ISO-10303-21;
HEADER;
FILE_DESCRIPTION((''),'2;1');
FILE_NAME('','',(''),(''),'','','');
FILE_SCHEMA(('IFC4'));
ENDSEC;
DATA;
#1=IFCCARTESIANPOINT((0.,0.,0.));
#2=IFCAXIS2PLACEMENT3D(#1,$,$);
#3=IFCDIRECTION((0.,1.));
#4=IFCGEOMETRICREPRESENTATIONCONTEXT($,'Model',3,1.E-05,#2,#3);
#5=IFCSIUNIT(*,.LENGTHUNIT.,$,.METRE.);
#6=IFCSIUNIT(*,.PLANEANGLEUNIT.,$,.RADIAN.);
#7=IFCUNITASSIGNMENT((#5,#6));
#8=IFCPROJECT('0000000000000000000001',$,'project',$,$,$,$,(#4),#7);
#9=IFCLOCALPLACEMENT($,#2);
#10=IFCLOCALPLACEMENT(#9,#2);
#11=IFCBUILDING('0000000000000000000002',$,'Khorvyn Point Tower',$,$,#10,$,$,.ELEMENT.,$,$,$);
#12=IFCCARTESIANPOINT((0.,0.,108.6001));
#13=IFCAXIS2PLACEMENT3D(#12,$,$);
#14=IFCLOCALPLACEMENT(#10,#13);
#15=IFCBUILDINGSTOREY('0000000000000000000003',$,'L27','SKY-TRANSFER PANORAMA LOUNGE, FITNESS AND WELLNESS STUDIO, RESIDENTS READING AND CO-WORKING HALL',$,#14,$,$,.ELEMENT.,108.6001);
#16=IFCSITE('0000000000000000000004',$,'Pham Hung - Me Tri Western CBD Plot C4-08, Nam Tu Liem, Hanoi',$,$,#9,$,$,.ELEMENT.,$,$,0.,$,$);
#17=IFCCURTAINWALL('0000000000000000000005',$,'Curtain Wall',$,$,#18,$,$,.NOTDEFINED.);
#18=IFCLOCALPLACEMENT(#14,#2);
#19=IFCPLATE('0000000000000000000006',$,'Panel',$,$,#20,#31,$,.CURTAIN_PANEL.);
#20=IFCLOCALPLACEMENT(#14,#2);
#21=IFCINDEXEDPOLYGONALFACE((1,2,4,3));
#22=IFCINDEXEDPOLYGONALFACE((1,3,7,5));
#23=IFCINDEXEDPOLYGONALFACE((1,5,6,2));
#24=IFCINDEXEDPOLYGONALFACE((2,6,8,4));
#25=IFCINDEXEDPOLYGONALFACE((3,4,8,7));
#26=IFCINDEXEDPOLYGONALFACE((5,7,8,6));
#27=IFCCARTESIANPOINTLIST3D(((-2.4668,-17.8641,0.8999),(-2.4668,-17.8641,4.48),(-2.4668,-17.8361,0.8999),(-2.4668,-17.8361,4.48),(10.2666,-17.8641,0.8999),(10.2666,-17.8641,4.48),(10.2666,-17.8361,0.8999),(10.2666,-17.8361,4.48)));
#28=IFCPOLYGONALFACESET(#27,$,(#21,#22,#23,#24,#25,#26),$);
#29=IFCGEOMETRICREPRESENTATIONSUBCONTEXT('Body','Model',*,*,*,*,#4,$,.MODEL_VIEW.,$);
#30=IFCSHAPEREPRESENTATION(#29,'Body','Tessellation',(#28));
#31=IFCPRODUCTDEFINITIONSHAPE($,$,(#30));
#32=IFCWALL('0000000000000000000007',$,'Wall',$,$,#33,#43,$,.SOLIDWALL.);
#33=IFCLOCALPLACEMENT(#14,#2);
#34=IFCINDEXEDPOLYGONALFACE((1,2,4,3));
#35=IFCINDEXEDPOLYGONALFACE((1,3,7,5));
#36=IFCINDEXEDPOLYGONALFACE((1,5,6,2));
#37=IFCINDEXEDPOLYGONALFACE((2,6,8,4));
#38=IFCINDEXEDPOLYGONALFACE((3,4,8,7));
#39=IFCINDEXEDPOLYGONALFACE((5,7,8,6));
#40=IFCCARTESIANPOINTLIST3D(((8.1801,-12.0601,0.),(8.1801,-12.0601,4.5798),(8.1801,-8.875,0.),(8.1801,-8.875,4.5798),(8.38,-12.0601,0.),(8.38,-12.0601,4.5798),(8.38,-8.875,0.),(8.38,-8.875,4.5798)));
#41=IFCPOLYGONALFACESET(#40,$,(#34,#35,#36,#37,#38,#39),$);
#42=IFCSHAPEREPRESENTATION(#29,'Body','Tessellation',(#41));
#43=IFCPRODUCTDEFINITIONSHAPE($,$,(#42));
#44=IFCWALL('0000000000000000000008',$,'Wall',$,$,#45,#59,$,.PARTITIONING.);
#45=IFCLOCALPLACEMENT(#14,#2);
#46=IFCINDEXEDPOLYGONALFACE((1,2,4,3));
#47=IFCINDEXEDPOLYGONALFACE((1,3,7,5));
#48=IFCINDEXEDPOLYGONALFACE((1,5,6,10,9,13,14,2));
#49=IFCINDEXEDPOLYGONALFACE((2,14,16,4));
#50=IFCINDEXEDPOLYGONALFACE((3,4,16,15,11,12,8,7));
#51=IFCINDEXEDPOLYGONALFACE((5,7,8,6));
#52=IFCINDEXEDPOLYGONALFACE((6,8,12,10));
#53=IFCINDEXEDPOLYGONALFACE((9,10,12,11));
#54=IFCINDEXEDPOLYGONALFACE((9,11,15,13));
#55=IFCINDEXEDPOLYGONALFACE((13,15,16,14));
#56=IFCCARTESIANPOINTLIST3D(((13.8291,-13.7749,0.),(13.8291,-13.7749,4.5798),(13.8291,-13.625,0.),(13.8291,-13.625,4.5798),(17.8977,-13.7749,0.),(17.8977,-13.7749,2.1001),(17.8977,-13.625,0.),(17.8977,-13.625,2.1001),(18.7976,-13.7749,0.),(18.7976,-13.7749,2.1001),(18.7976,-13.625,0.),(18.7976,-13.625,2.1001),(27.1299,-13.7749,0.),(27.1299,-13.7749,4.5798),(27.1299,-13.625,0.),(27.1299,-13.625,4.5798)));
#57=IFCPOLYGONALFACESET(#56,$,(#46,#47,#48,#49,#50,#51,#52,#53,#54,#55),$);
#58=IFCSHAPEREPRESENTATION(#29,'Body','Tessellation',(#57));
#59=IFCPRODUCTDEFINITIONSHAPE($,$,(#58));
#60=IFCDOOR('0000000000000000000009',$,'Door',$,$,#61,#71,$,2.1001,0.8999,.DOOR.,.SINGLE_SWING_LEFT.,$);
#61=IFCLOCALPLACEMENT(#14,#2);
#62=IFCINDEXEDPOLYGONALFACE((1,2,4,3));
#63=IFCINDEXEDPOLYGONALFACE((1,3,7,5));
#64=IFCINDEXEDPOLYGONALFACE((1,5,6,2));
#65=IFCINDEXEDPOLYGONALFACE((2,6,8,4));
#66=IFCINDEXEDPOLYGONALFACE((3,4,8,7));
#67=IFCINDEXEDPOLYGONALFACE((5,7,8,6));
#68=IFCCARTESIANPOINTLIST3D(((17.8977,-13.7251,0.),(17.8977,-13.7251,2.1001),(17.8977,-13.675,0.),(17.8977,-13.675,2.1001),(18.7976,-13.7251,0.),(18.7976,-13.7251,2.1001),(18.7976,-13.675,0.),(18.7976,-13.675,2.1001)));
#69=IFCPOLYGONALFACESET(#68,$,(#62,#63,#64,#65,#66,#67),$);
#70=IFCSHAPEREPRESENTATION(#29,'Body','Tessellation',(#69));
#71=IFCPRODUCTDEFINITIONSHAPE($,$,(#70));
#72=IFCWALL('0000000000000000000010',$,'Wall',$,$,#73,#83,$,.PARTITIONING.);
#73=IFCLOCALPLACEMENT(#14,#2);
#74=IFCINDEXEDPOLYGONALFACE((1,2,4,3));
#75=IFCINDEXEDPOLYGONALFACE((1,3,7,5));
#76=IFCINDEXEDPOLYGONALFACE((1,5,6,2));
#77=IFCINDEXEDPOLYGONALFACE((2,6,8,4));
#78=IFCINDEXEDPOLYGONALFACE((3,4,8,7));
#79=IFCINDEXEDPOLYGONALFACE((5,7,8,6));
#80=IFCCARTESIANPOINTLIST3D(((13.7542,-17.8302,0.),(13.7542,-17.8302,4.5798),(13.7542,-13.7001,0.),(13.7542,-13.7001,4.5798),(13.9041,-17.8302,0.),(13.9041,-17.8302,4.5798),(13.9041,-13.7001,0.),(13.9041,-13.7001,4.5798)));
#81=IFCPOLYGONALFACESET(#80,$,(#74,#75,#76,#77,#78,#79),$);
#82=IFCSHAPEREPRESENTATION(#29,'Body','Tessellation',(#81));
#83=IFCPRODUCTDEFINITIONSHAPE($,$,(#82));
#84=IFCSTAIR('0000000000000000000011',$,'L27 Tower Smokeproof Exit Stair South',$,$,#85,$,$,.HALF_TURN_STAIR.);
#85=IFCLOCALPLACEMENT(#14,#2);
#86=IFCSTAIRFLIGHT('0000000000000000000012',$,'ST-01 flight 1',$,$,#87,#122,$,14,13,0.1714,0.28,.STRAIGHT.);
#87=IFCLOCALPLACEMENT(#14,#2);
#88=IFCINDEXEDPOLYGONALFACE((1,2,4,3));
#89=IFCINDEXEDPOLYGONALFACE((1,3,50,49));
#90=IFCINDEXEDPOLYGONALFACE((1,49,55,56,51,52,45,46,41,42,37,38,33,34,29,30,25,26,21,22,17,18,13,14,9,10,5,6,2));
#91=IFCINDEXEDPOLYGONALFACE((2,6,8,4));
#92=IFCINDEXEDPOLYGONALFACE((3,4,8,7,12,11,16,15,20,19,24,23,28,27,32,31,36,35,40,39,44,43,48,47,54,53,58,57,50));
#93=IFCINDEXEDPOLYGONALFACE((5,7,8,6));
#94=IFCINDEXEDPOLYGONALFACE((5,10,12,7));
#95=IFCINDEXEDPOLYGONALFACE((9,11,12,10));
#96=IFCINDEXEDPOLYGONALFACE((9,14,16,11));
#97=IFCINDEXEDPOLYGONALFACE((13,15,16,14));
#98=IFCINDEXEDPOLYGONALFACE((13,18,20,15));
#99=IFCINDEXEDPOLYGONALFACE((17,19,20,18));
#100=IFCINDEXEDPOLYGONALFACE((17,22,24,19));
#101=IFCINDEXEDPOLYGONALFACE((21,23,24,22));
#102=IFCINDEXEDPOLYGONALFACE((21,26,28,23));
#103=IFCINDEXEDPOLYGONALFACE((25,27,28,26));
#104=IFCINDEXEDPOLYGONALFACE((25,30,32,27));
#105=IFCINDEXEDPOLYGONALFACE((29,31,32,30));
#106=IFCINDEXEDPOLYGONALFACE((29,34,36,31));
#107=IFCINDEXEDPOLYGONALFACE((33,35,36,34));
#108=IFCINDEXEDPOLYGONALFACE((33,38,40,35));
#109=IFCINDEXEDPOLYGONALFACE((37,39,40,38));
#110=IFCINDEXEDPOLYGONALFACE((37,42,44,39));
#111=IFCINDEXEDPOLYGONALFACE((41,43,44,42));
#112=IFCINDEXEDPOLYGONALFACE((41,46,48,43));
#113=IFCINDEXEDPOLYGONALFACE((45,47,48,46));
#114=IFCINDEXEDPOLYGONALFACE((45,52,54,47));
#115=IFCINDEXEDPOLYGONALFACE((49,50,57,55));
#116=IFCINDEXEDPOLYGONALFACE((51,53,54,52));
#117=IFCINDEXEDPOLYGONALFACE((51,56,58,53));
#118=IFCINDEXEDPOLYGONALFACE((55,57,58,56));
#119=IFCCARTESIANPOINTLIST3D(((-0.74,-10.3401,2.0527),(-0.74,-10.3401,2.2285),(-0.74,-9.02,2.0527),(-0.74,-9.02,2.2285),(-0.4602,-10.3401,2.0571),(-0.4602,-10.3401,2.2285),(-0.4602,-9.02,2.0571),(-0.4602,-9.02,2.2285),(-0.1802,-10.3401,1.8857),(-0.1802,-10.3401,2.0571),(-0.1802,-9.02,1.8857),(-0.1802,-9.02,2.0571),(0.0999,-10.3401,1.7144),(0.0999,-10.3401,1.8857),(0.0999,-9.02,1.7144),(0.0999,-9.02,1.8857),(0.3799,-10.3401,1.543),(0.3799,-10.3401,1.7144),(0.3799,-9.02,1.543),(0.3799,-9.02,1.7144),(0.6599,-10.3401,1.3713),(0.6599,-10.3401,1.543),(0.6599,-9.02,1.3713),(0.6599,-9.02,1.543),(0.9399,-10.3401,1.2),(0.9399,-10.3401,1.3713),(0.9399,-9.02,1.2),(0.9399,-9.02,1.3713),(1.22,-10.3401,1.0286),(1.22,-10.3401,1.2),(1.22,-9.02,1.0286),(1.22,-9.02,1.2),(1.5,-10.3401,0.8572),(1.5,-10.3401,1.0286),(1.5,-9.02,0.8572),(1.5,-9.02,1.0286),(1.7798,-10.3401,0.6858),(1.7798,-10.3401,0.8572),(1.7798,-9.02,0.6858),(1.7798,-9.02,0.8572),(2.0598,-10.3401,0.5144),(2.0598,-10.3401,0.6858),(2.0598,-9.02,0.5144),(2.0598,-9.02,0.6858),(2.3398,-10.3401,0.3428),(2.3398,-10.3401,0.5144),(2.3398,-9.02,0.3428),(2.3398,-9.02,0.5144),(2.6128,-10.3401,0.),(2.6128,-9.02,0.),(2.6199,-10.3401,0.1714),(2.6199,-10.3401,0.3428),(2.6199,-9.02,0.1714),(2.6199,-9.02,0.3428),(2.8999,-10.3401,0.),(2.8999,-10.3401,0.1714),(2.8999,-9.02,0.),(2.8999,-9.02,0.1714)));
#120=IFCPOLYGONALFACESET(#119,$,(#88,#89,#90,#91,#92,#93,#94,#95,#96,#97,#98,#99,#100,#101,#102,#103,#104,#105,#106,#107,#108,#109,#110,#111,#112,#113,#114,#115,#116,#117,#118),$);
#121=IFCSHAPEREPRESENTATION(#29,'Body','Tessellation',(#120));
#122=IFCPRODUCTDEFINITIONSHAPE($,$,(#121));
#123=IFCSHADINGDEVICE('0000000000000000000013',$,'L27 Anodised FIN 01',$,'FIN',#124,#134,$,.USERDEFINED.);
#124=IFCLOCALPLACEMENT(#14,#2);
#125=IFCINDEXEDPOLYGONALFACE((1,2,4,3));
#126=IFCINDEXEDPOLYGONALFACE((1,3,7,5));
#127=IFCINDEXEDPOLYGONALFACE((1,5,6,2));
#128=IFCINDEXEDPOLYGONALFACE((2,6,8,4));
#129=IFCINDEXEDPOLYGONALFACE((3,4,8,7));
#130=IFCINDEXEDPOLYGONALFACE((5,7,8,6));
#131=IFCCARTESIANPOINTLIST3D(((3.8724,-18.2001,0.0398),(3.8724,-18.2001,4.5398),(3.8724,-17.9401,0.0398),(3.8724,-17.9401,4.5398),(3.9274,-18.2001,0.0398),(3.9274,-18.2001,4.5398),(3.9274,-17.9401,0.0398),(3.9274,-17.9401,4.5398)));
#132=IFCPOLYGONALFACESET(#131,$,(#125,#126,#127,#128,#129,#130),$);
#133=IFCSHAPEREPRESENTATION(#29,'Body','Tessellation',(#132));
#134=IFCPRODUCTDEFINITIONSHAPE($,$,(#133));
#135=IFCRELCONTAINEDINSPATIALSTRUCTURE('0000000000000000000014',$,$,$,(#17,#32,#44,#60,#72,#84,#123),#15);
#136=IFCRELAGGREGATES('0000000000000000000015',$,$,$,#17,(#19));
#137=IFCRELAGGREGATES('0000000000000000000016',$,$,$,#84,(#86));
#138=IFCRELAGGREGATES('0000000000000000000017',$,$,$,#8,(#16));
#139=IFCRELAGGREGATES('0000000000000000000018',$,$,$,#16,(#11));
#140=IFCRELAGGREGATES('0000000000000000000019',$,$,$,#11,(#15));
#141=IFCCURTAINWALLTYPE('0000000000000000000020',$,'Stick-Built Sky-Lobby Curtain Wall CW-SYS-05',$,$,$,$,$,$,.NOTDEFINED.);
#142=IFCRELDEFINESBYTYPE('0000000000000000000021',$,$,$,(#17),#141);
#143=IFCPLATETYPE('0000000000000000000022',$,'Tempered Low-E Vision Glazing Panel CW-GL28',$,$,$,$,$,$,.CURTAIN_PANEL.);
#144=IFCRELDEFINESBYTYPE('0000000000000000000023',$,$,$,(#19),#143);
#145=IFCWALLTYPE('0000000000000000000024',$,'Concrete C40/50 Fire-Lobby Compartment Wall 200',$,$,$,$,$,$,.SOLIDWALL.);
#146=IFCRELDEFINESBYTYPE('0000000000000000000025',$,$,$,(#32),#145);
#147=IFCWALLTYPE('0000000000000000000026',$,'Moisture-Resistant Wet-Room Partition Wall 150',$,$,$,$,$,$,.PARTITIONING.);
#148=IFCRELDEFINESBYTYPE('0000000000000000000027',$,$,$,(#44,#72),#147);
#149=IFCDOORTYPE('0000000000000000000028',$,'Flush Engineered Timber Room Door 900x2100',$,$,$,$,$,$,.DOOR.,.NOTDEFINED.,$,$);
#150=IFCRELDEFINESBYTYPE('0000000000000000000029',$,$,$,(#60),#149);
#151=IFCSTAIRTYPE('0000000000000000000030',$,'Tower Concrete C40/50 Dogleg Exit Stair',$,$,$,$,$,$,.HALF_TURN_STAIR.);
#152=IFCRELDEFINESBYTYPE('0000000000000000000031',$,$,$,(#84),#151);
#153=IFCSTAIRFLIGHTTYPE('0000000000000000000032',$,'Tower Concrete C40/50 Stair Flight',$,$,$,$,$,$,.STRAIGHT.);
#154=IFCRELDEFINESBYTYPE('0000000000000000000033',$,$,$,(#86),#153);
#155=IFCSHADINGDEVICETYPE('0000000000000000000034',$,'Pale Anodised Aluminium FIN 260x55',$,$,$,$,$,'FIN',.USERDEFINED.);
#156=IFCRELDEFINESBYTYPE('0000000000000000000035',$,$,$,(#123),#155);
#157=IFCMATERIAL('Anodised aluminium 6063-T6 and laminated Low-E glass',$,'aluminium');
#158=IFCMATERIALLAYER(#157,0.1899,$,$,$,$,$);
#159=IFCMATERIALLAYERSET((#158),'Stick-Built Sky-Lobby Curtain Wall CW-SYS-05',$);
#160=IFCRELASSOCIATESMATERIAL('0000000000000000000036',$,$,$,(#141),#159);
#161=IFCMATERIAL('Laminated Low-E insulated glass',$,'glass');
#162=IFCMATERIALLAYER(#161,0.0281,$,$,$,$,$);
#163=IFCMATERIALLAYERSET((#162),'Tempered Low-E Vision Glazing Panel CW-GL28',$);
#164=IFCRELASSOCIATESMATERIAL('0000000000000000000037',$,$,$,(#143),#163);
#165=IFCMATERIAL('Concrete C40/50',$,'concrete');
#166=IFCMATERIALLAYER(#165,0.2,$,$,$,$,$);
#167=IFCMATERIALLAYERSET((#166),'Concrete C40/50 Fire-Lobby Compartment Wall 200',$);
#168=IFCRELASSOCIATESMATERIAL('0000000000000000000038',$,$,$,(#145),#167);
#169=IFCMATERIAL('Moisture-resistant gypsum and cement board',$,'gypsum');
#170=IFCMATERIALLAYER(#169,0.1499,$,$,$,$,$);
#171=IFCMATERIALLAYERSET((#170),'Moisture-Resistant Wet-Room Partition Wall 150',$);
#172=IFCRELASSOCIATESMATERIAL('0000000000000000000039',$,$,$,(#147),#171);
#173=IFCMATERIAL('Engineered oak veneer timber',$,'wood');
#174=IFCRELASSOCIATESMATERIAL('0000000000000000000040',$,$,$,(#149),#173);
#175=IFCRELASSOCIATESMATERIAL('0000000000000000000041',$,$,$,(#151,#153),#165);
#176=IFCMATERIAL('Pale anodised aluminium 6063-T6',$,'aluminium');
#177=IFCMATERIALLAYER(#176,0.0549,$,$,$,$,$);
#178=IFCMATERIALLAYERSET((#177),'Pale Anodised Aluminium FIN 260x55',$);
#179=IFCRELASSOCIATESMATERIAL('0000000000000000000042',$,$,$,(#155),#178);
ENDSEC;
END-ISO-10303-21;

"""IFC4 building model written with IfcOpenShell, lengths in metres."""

from ifc_helpers import new_model, si_unit, direction, frame, frame_2d, origin, origin_2d, place, context, subcontext, project, spatial, polyline, rectangle, outline, extrude, material, layer, layer_set, type_object, element, fill, aggregate, save


model = new_model("IFC4")

# Units and contexts
model_context = context("Model", 3, precision=1e-05, world=origin(), true_north=direction((0.0, 1.0)))
body_context = subcontext(model_context, "Body", "Model", "MODEL_VIEW")
ifc_project = project(units=[si_unit("LENGTHUNIT", "METRE"), si_unit("PLANEANGLEUNIT", "RADIAN")], contexts=[model_context])

# Site, building, storey
site_placement = place(None, origin())
site = spatial("IfcSite", under=ifc_project, at=site_placement, Name="Pham Hung - Me Tri Western CBD Plot C4-08, Nam Tu Liem, Hanoi", CompositionType="ELEMENT", RefElevation=0.0)
building_placement = place(site_placement, origin())
building = spatial("IfcBuilding", under=site, at=building_placement, Name="Khorvyn Point Tower", CompositionType="ELEMENT")
storey_placement = place(building_placement, frame((0.0, 0.0, 108.6001)))
storey = spatial("IfcBuildingStorey", under=building, at=storey_placement, Name="L27", Description="SKY-TRANSFER PANORAMA LOUNGE, FITNESS AND WELLNESS STUDIO, RESIDENTS READING AND CO-WORKING HALL", CompositionType="ELEMENT", Elevation=108.6001)

# Curtain wall
ifc_material_1 = material(Name="Anodised aluminium 6063-T6 and laminated Low-E glass", Category="aluminium")
ifc_layer_1 = layer(ifc_material_1, 0.1899)
ifc_layer_set_1 = layer_set([ifc_layer_1], Name="Stick-Built Sky-Lobby Curtain Wall CW-SYS-05")
curtain_wall_type = type_object("IfcCurtainWallType", Name="Stick-Built Sky-Lobby Curtain Wall CW-SYS-05", PredefinedType="NOTDEFINED", material=ifc_layer_set_1)
curtain_wall_placement = place(storey_placement, origin())
curtain_wall = element("IfcCurtainWall", 1, at=curtain_wall_placement, inside=storey, type_object=curtain_wall_type, Name="Curtain Wall", PredefinedType="NOTDEFINED")

# Plate
ifc_material_2 = material(Name="Laminated Low-E insulated glass", Category="glass")
ifc_layer_2 = layer(ifc_material_2, 0.0281)
ifc_layer_set_2 = layer_set([ifc_layer_2], Name="Tempered Low-E Vision Glazing Panel CW-GL28")
plate_type_1 = type_object("IfcPlateType", Name="Tempered Low-E Vision Glazing Panel CW-GL28", PredefinedType="CURTAIN_PANEL", material=ifc_layer_set_2)
plate_1_placement = place(storey_placement, frame((3.8999, -17.8501, 0.8999), z_axis=(0.0, 0.0, 1.0), x_axis=(-1.0, 0.0, 0.0)))
plate_1 = element("IfcPlate", 2, at=plate_1_placement, type_object=plate_type_1, Name="Panel", PredefinedType="CURTAIN_PANEL", context=body_context, shape_type="SweptSolid", body=[
    extrude(rectangle(XDim=12.7334, YDim=0.0281, at=origin_2d()), origin(), (0.0, 0.0, 1.0), 3.5801),
])
aggregate(curtain_wall, [plate_1])

# Shared definitions
ifc_material_3 = material(Name="Concrete C40/50", Category="concrete")
ifc_layer_3 = layer(ifc_material_3, 0.2)
ifc_layer_set_3 = layer_set([ifc_layer_3], Name="Concrete C40/50 Fire-Lobby Compartment Wall 200")
wall_type_1 = type_object("IfcWallType", Name="Concrete C40/50 Fire-Lobby Compartment Wall 200", PredefinedType="SOLIDWALL", material=ifc_layer_set_3)

# Wall
wall_1_placement = place(storey_placement, frame((8.28, -12.0601, 0.0), z_axis=(0.0, 0.0, 1.0), x_axis=(0.0, 1.0, 0.0)))
element("IfcWall", 3, at=wall_1_placement, inside=storey, type_object=wall_type_1, Name="Wall", PredefinedType="SOLIDWALL", context=body_context, shape_type="SweptSolid", body=[
    extrude(rectangle(XDim=3.1851, YDim=0.2, at=frame_2d((1.5925, 0.0))), origin(), (0.0, 0.0, 1.0), 4.5798),
])

# Wall, opening, door
ifc_material_4 = material(Name="Moisture-resistant gypsum and cement board", Category="gypsum")
ifc_layer_4 = layer(ifc_material_4, 0.1499)
ifc_layer_set_4 = layer_set([ifc_layer_4], Name="Moisture-Resistant Wet-Room Partition Wall 150")
wall_type_2 = type_object("IfcWallType", Name="Moisture-Resistant Wet-Room Partition Wall 150", PredefinedType="PARTITIONING", material=ifc_layer_set_4)
wall_2_placement = place(storey_placement, frame((13.8291, -13.7, 0.0), z_axis=(0.0, 0.0, 1.0), x_axis=(1.0, 0.0, 0.0)))
wall_2 = element("IfcWall", 4, at=wall_2_placement, inside=storey, type_object=wall_type_2, Name="Wall", PredefinedType="PARTITIONING", context=body_context, shape_type="SweptSolid", body=[
    extrude(rectangle(XDim=13.3008, YDim=0.1499, at=frame_2d((6.6504, 0.0))), origin(), (0.0, 0.0, 1.0), 4.5798),
])
opening_1_placement = place(wall_2_placement, frame((4.0686, 0.0, 0.0)))
opening_1 = element("IfcOpeningElement", 5, at=opening_1_placement, cuts=wall_2, PredefinedType="OPENING", context=body_context, shape_type="SweptSolid", body=[
    extrude(rectangle(XDim=0.8999, YDim=2.1001, at=frame_2d((0.45, 1.05))), frame((0.0, 0.085, 0.0), z_axis=(0.0, -1.0, 0.0), x_axis=(1.0, 0.0, 0.0)), (0.0, 0.0, 1.0), 0.1699),
])
ifc_material_5 = material(Name="Engineered oak veneer timber", Category="wood")
door_type_1 = type_object("IfcDoorType", Name="Flush Engineered Timber Room Door 900x2100", OperationType="NOTDEFINED", PredefinedType="DOOR", material=ifc_material_5)
door_1_placement = place(opening_1_placement, origin())
door_1 = element("IfcDoor", 6, at=door_1_placement, inside=storey, type_object=door_type_1, Name="Door", OperationType="SINGLE_SWING_LEFT", OverallHeight=2.1001, OverallWidth=0.8999, PredefinedType="DOOR", context=body_context, shape_type="SweptSolid", body=[
    extrude(rectangle(XDim=0.8999, YDim=2.1001, at=frame_2d((0.45, 1.05))), frame((0.0, 0.0249, 0.0), z_axis=(0.0, -1.0, 0.0), x_axis=(1.0, 0.0, 0.0)), (0.0, 0.0, 1.0), 0.05),
])
fill(opening_1, door_1)

# Wall
wall_3_placement = place(storey_placement, frame((13.8291, -17.8301, 0.0), z_axis=(0.0, 0.0, 1.0), x_axis=(0.0, 1.0, 0.0)))
element("IfcWall", 7, at=wall_3_placement, inside=storey, type_object=wall_type_2, Name="Wall", PredefinedType="PARTITIONING", context=body_context, shape_type="SweptSolid", body=[
    extrude(rectangle(XDim=4.1301, YDim=0.1499, at=frame_2d((2.0649, 0.0))), origin(), (0.0, 0.0, 1.0), 4.5798),
])

# Stair, stair flight
stair_type = type_object("IfcStairType", Name="Tower Concrete C40/50 Dogleg Exit Stair", PredefinedType="HALF_TURN_STAIR", material=ifc_material_3)
stair_placement = place(storey_placement, origin())
stair = element("IfcStair", 8, at=stair_placement, inside=storey, type_object=stair_type, Name="L27 Tower Smokeproof Exit Stair South", PredefinedType="HALF_TURN_STAIR")
stair_flight_type = type_object("IfcStairFlightType", Name="Tower Concrete C40/50 Stair Flight", PredefinedType="STRAIGHT", material=ifc_material_3)
stair_flight_placement = place(storey_placement, frame((2.8999, -9.6799, 0.0), z_axis=(0.0, 0.0, 1.0), x_axis=(-1.0, 0.0, 0.0)))
stair_flight = element("IfcStairFlight", 9, at=stair_flight_placement, type_object=stair_flight_type, Name="ST-01 flight 1", NumberOfRisers=14, NumberOfTreads=13, PredefinedType="STRAIGHT", RiserHeight=0.1714, TreadLength=0.28, context=body_context, shape_type="SweptSolid", body=[
    extrude(outline(polyline([(0.0, 0.0), (0.0, 0.1714), (0.28, 0.1714), (0.28, 0.3428), (0.5601, 0.3428), (0.5601, 0.5144), (0.8401, 0.5144), (0.8401, 0.6858), (1.1201, 0.6858), (1.1201, 0.8572), (1.3999, 0.8572), (1.3999, 1.0286), (1.6799, 1.0286), (1.6799, 1.2), (1.96, 1.2), (1.96, 1.3713), (2.24, 1.3713), (2.24, 1.543), (2.52, 1.543), (2.52, 1.7144), (2.8, 1.7144), (2.8, 1.8857), (3.0801, 1.8857), (3.0801, 2.0571), (3.3601, 2.0571), (3.3601, 2.2285), (3.6399, 2.2285), (3.6399, 2.3999), (3.6399, 2.0527), (0.2871, 0.0), (0.0, 0.0)])), frame((0.0, 0.6602, 0.0), z_axis=(0.0, -1.0, 0.0), x_axis=(1.0, 0.0, 0.0)), (0.0, 0.0, 1.0), 1.3201),
])
aggregate(stair, [stair_flight])

# Shading device
ifc_material_6 = material(Name="Pale anodised aluminium 6063-T6", Category="aluminium")
ifc_layer_5 = layer(ifc_material_6, 0.0549)
ifc_layer_set_5 = layer_set([ifc_layer_5], Name="Pale Anodised Aluminium FIN 260x55")
shading_device_type = type_object("IfcShadingDeviceType", Name="Pale Anodised Aluminium FIN 260x55", ElementType="FIN", PredefinedType="USERDEFINED", material=ifc_layer_set_5)
shading_device_placement = place(storey_placement, frame((3.8999, -18.0701, 0.0398), z_axis=(0.0, 0.0, 1.0), x_axis=(0.0, -1.0, 0.0)))
element("IfcShadingDevice", 10, at=shading_device_placement, inside=storey, type_object=shading_device_type, Name="L27 Anodised FIN 01", ObjectType="FIN", PredefinedType="USERDEFINED", context=body_context, shape_type="SweptSolid", body=[
    extrude(rectangle(XDim=0.26, YDim=0.0549, at=origin_2d()), origin(), (0.0, 0.0, 1.0), 4.5),
])

save(model, "model.ifc")
